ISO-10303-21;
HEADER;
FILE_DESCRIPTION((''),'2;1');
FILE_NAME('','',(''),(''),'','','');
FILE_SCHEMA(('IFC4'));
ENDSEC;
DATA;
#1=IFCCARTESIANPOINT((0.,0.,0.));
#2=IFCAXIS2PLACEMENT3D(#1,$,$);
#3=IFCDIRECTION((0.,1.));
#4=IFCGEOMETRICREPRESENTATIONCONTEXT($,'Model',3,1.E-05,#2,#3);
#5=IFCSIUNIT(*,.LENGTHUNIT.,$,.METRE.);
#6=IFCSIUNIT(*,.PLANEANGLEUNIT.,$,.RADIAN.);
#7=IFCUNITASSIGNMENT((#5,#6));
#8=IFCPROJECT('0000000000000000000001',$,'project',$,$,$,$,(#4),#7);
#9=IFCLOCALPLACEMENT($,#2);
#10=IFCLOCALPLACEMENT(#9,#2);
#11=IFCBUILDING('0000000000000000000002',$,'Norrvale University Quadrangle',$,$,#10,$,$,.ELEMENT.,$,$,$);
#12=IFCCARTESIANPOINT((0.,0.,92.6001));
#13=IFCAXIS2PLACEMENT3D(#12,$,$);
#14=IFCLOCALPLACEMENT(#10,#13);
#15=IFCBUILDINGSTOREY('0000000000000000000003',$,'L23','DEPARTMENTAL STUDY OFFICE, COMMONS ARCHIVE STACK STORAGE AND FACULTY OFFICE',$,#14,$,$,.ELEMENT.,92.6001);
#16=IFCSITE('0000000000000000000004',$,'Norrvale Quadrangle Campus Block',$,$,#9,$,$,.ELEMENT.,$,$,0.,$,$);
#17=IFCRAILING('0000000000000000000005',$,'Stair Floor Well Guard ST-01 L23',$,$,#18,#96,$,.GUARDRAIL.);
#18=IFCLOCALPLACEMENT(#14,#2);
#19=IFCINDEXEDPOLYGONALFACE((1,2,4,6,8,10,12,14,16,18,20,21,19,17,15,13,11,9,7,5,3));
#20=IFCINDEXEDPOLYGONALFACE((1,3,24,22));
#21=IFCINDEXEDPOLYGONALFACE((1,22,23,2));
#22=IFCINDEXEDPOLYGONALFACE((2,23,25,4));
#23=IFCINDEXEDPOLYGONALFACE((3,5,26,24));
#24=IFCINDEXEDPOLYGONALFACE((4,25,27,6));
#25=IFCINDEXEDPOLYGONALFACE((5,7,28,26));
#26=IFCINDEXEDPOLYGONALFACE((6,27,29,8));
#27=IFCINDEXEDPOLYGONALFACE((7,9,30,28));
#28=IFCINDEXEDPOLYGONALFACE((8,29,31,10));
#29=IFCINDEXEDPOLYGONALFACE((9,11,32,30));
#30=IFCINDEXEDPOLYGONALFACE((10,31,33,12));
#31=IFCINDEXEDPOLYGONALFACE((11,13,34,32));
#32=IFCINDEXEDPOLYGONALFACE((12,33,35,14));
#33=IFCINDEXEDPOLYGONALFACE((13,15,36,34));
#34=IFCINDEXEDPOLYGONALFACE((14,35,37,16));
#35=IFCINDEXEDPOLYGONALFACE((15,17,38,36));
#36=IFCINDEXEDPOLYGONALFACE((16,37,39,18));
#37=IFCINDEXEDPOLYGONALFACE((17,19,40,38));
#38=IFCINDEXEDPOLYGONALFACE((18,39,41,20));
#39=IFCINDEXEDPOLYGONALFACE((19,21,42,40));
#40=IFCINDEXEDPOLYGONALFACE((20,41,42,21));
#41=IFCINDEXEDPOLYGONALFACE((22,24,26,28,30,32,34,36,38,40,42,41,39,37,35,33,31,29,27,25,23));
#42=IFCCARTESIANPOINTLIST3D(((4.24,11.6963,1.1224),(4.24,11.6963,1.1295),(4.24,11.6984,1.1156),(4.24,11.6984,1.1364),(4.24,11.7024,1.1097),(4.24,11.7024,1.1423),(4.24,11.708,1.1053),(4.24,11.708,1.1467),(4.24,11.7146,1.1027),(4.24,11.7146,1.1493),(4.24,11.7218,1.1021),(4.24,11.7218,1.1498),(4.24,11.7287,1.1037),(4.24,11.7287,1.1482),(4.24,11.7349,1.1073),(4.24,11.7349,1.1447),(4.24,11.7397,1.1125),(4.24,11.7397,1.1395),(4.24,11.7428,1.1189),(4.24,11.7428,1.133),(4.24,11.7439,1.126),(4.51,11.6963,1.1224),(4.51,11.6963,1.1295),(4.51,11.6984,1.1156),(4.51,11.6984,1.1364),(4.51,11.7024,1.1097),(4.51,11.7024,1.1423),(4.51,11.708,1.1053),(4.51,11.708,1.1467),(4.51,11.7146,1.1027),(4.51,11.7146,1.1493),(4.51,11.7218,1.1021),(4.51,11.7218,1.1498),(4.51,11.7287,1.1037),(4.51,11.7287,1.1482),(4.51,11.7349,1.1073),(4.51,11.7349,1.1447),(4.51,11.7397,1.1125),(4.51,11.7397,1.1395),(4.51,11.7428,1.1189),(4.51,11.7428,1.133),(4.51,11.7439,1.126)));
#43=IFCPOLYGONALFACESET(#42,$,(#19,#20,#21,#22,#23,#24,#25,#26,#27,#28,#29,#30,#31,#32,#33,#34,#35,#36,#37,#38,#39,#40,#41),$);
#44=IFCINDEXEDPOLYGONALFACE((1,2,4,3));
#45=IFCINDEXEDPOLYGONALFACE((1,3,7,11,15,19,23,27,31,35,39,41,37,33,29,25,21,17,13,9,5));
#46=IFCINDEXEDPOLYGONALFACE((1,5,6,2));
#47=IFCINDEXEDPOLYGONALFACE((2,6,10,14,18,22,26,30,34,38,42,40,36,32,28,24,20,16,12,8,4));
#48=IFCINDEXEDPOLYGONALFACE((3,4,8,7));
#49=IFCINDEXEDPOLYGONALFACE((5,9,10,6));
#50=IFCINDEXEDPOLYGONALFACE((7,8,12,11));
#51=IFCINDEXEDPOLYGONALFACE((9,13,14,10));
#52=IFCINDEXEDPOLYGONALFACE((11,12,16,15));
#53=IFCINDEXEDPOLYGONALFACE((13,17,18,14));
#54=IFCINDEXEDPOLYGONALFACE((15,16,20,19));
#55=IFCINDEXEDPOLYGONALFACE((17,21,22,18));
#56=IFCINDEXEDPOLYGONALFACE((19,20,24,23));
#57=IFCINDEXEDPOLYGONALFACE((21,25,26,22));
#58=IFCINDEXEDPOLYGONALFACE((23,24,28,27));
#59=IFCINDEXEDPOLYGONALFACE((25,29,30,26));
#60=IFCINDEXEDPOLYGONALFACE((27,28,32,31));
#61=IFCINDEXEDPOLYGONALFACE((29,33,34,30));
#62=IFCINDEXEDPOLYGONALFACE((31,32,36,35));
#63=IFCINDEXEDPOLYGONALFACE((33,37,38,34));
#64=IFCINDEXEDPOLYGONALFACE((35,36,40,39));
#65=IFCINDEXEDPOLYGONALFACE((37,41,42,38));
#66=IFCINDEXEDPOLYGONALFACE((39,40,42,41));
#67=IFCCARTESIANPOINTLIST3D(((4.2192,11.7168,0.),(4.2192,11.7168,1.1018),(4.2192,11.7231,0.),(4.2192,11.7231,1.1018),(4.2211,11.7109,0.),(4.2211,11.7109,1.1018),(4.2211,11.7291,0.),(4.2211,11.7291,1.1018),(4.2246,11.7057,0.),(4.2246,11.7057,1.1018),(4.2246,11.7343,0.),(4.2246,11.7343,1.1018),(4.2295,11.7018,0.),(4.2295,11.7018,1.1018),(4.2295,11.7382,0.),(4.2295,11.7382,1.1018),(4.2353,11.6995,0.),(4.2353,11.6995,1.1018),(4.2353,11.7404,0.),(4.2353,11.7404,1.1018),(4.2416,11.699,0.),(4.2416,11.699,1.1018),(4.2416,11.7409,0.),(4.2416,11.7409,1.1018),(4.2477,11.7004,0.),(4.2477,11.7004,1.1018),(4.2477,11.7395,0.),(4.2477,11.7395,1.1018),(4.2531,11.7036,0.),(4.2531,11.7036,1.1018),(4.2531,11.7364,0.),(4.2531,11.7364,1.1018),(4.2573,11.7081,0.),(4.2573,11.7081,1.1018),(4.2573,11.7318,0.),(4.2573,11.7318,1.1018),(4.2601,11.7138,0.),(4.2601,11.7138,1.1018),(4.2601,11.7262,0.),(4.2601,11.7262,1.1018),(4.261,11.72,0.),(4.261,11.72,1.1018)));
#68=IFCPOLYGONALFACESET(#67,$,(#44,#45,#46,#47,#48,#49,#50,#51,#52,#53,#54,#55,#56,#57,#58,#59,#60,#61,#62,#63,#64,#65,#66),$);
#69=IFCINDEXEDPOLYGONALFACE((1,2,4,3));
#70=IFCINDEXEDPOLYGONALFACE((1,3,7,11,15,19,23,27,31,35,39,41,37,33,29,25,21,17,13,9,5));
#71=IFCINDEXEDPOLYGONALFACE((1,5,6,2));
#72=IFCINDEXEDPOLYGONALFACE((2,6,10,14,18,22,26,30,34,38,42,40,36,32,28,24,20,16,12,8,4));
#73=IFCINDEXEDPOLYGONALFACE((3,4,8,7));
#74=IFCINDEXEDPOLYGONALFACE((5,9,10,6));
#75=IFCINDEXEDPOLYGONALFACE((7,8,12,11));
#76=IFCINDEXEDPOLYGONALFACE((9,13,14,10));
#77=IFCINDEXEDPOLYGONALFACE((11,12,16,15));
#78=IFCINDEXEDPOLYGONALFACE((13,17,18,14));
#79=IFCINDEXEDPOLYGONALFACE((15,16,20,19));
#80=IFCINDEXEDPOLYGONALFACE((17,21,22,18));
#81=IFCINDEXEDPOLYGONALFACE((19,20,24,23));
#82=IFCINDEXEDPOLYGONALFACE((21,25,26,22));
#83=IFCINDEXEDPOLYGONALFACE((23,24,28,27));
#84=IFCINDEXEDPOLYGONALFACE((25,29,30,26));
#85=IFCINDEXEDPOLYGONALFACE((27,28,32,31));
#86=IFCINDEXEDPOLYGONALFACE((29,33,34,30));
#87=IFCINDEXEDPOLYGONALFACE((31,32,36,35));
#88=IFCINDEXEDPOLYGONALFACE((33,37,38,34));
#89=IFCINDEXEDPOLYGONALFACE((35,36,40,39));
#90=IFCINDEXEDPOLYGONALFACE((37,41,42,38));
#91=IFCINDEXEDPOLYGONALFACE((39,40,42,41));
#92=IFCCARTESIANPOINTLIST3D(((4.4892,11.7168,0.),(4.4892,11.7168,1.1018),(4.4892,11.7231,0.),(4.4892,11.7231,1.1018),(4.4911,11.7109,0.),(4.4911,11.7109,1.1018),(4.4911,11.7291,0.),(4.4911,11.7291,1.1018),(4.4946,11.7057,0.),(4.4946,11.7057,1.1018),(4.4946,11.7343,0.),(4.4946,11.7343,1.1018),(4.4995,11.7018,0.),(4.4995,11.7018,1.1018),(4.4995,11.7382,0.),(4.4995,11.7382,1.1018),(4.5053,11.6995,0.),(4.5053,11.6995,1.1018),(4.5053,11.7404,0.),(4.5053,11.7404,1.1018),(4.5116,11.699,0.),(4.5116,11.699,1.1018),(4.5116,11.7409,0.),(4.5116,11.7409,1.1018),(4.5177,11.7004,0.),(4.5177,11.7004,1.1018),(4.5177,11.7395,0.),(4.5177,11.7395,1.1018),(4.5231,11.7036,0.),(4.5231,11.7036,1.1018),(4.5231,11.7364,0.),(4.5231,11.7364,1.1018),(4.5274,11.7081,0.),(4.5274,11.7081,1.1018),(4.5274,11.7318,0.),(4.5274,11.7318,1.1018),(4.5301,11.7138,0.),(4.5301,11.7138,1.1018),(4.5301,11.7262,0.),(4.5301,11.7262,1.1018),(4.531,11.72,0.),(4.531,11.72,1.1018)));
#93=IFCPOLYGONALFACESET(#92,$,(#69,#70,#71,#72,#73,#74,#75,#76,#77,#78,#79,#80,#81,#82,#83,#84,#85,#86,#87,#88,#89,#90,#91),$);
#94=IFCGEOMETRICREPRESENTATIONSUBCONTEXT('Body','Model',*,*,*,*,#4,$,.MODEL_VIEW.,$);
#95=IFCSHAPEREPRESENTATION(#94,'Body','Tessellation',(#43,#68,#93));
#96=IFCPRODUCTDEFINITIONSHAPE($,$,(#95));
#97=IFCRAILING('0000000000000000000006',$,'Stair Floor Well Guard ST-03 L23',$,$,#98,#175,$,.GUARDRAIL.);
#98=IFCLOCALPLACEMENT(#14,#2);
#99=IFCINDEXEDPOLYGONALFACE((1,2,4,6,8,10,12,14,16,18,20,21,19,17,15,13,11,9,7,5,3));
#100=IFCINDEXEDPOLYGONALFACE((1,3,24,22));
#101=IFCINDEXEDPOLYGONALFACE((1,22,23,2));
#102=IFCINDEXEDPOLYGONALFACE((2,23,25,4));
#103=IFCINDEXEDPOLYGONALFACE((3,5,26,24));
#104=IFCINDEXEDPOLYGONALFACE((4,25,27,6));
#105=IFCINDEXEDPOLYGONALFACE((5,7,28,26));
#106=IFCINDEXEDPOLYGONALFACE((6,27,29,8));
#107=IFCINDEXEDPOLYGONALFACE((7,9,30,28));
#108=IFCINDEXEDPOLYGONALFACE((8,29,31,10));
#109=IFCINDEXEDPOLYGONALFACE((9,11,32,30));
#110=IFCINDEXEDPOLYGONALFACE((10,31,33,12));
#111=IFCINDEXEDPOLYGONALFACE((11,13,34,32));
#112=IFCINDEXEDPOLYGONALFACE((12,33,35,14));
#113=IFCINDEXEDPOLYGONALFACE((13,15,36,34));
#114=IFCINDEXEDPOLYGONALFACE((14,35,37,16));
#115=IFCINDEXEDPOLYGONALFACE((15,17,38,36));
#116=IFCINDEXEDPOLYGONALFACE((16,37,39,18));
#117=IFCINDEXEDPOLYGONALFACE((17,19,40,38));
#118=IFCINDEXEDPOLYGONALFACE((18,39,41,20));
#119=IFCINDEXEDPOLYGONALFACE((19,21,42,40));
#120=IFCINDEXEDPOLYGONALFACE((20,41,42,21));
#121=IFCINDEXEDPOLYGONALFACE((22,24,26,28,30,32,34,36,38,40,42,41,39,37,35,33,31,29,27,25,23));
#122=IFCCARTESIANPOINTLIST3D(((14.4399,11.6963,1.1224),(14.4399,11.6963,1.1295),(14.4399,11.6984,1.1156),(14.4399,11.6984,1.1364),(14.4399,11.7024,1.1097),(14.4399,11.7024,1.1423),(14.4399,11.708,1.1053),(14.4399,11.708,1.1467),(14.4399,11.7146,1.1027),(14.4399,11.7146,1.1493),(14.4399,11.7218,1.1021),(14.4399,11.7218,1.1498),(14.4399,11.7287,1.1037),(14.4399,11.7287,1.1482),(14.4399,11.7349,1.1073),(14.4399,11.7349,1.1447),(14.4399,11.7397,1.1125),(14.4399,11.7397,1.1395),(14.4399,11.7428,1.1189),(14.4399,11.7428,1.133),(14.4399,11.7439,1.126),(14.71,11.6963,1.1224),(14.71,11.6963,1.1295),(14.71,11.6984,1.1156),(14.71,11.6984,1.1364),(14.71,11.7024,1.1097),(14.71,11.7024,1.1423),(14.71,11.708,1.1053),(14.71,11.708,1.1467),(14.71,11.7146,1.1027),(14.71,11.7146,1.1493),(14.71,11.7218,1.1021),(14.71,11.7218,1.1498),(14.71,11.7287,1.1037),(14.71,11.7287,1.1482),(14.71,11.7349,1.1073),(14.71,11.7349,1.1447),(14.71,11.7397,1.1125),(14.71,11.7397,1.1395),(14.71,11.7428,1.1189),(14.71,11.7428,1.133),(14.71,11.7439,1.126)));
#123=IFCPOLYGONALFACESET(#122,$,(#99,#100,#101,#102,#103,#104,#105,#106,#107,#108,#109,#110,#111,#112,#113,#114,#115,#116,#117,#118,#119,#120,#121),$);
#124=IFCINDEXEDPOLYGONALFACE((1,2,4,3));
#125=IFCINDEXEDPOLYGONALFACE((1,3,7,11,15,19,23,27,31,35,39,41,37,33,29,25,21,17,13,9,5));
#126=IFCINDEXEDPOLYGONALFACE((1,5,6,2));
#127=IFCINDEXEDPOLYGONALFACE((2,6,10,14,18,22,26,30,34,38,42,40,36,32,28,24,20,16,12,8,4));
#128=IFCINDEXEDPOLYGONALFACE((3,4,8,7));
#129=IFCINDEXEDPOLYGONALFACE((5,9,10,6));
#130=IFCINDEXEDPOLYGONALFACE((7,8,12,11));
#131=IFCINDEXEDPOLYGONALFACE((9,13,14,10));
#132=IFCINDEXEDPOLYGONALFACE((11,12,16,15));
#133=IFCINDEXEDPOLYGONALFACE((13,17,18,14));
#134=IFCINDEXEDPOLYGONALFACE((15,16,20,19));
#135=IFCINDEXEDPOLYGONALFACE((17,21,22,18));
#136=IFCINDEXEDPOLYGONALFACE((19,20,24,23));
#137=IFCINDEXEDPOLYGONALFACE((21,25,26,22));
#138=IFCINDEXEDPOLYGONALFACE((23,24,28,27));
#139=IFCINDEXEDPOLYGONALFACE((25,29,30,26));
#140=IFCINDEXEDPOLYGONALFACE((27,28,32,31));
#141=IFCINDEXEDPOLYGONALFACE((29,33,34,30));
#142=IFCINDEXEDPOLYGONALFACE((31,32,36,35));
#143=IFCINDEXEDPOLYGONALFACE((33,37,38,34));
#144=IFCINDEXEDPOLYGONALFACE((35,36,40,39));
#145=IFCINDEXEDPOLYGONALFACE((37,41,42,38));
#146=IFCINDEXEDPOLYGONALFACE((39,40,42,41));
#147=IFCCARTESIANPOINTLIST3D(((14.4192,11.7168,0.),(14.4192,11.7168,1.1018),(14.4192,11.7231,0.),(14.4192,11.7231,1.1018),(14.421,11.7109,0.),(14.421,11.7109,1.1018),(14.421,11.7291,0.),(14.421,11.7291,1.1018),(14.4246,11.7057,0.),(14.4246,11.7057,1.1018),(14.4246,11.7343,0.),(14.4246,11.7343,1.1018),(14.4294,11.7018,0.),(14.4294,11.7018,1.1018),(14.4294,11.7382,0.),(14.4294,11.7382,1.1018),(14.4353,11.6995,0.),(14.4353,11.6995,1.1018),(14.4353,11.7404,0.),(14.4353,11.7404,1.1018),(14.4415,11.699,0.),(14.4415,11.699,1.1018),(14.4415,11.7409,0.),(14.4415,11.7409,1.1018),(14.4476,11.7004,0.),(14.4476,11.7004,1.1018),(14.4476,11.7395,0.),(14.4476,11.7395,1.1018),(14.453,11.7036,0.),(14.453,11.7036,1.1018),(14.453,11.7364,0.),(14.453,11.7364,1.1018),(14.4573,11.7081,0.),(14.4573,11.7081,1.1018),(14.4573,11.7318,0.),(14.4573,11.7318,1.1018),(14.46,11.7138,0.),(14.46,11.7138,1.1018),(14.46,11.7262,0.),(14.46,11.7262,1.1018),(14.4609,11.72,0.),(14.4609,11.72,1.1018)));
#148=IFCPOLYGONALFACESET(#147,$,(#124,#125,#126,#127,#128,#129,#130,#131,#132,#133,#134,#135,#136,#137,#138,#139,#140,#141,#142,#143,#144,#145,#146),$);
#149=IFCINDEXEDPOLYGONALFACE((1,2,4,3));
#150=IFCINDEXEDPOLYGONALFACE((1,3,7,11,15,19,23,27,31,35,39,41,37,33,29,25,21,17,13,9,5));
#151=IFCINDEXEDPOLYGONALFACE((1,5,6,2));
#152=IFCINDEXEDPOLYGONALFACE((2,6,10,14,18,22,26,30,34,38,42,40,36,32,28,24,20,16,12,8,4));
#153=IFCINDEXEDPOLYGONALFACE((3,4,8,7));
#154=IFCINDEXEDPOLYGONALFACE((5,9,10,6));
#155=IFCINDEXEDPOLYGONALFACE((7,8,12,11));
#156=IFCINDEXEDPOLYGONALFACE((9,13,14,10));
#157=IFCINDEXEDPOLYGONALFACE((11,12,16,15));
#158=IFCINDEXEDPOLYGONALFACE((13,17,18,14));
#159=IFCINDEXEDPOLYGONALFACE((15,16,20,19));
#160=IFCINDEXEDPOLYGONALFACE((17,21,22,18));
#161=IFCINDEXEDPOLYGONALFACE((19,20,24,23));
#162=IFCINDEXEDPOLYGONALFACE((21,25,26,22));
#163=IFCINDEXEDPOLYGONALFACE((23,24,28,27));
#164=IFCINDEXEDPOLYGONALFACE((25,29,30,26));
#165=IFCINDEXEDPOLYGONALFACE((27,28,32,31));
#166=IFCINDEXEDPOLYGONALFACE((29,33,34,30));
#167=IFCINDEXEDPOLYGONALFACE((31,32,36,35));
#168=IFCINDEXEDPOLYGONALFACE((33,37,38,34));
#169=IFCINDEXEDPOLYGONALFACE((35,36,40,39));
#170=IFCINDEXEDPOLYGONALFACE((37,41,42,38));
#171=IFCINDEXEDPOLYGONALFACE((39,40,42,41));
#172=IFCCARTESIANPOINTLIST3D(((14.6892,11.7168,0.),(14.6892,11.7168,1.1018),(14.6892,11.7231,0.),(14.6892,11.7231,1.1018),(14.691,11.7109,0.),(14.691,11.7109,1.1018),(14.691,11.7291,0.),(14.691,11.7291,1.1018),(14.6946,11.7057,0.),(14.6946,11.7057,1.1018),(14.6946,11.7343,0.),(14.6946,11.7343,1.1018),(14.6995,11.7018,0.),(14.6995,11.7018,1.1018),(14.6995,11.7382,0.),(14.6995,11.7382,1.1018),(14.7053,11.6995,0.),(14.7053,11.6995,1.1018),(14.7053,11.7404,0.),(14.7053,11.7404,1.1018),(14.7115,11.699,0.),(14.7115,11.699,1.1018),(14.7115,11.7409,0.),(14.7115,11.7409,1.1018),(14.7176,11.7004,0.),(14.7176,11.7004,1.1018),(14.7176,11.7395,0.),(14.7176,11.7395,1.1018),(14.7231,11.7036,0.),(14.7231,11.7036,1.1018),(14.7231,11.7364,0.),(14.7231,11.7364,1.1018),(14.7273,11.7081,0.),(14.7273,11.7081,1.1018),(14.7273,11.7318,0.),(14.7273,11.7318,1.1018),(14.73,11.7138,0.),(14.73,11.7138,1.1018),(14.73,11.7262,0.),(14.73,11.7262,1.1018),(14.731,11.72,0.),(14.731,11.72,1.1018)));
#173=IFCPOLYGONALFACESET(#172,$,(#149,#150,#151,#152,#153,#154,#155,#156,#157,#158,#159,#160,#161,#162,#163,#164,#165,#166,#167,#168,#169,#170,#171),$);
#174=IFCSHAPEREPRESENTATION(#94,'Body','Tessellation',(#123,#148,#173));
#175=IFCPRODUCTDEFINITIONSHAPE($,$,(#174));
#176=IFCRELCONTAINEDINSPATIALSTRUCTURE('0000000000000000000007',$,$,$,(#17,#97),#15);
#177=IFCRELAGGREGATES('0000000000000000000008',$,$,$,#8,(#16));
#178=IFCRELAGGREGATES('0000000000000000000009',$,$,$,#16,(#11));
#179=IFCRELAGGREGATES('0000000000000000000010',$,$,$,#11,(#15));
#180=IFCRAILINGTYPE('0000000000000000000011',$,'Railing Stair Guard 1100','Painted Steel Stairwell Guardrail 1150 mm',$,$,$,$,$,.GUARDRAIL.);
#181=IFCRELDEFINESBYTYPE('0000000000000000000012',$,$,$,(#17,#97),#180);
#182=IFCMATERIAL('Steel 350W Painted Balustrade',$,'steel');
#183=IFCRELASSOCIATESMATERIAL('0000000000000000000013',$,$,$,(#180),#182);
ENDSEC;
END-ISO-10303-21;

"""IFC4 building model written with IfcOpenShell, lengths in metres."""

from ifc_helpers import new_model, si_unit, direction, frame, origin, origin_2d, place, context, subcontext, project, spatial, circle, extrude, material, type_object, element, save


model = new_model("IFC4")

# Units and contexts
model_context = context("Model", 3, precision=1e-05, world=origin(), true_north=direction((0.0, 1.0)))
body_context = subcontext(model_context, "Body", "Model", "MODEL_VIEW")
ifc_project = project(units=[si_unit("LENGTHUNIT", "METRE"), si_unit("PLANEANGLEUNIT", "RADIAN")], contexts=[model_context])

# Site, building, storey
site_placement = place(None, origin())
site = spatial("IfcSite", under=ifc_project, at=site_placement, Name="Norrvale Quadrangle Campus Block", CompositionType="ELEMENT", RefElevation=0.0)
building_placement = place(site_placement, origin())
building = spatial("IfcBuilding", under=site, at=building_placement, Name="Norrvale University Quadrangle", CompositionType="ELEMENT")
storey_placement = place(building_placement, frame((0.0, 0.0, 92.6001)))
storey = spatial("IfcBuildingStorey", under=building, at=storey_placement, Name="L23", Description="DEPARTMENTAL STUDY OFFICE, COMMONS ARCHIVE STACK STORAGE AND FACULTY OFFICE", CompositionType="ELEMENT", Elevation=92.6001)

# Railings
ifc_material_1 = material(Name="Steel 350W Painted Balustrade", Category="steel")
railing_type_1 = type_object("IfcRailingType", Name="Railing Stair Guard 1100", Description="Painted Steel Stairwell Guardrail 1150 mm", PredefinedType="GUARDRAIL", material=ifc_material_1)
for number, where, name in (
    (1, (4.24, 11.72, 0.0), "Stair Floor Well Guard ST-01 L23"),
    (2, (14.4399, 11.72, 0.0), "Stair Floor Well Guard ST-03 L23"),
):
    element("IfcRailing", number, at=place(storey_placement, frame(where)), inside=storey, type_object=railing_type_1, Name=name, PredefinedType="GUARDRAIL", context=body_context, shape_type="SweptSolid", body=[
        extrude(circle(Radius=0.0239, at=origin_2d()), frame((0.0, 0.0, 1.126), z_axis=(1.0, 0.0, 0.0), x_axis=(0.0, 1.0, 0.0)), (0.0, 0.0, 1.0), 0.27),
        extrude(circle(Radius=0.021, at=origin_2d()), origin(), (0.0, 0.0, 1.0), 1.1018),
        extrude(circle(Radius=0.021, at=origin_2d()), frame((0.27, 0.0, 0.0)), (0.0, 0.0, 1.0), 1.1018),
    ])

save(model, "model.ifc")
